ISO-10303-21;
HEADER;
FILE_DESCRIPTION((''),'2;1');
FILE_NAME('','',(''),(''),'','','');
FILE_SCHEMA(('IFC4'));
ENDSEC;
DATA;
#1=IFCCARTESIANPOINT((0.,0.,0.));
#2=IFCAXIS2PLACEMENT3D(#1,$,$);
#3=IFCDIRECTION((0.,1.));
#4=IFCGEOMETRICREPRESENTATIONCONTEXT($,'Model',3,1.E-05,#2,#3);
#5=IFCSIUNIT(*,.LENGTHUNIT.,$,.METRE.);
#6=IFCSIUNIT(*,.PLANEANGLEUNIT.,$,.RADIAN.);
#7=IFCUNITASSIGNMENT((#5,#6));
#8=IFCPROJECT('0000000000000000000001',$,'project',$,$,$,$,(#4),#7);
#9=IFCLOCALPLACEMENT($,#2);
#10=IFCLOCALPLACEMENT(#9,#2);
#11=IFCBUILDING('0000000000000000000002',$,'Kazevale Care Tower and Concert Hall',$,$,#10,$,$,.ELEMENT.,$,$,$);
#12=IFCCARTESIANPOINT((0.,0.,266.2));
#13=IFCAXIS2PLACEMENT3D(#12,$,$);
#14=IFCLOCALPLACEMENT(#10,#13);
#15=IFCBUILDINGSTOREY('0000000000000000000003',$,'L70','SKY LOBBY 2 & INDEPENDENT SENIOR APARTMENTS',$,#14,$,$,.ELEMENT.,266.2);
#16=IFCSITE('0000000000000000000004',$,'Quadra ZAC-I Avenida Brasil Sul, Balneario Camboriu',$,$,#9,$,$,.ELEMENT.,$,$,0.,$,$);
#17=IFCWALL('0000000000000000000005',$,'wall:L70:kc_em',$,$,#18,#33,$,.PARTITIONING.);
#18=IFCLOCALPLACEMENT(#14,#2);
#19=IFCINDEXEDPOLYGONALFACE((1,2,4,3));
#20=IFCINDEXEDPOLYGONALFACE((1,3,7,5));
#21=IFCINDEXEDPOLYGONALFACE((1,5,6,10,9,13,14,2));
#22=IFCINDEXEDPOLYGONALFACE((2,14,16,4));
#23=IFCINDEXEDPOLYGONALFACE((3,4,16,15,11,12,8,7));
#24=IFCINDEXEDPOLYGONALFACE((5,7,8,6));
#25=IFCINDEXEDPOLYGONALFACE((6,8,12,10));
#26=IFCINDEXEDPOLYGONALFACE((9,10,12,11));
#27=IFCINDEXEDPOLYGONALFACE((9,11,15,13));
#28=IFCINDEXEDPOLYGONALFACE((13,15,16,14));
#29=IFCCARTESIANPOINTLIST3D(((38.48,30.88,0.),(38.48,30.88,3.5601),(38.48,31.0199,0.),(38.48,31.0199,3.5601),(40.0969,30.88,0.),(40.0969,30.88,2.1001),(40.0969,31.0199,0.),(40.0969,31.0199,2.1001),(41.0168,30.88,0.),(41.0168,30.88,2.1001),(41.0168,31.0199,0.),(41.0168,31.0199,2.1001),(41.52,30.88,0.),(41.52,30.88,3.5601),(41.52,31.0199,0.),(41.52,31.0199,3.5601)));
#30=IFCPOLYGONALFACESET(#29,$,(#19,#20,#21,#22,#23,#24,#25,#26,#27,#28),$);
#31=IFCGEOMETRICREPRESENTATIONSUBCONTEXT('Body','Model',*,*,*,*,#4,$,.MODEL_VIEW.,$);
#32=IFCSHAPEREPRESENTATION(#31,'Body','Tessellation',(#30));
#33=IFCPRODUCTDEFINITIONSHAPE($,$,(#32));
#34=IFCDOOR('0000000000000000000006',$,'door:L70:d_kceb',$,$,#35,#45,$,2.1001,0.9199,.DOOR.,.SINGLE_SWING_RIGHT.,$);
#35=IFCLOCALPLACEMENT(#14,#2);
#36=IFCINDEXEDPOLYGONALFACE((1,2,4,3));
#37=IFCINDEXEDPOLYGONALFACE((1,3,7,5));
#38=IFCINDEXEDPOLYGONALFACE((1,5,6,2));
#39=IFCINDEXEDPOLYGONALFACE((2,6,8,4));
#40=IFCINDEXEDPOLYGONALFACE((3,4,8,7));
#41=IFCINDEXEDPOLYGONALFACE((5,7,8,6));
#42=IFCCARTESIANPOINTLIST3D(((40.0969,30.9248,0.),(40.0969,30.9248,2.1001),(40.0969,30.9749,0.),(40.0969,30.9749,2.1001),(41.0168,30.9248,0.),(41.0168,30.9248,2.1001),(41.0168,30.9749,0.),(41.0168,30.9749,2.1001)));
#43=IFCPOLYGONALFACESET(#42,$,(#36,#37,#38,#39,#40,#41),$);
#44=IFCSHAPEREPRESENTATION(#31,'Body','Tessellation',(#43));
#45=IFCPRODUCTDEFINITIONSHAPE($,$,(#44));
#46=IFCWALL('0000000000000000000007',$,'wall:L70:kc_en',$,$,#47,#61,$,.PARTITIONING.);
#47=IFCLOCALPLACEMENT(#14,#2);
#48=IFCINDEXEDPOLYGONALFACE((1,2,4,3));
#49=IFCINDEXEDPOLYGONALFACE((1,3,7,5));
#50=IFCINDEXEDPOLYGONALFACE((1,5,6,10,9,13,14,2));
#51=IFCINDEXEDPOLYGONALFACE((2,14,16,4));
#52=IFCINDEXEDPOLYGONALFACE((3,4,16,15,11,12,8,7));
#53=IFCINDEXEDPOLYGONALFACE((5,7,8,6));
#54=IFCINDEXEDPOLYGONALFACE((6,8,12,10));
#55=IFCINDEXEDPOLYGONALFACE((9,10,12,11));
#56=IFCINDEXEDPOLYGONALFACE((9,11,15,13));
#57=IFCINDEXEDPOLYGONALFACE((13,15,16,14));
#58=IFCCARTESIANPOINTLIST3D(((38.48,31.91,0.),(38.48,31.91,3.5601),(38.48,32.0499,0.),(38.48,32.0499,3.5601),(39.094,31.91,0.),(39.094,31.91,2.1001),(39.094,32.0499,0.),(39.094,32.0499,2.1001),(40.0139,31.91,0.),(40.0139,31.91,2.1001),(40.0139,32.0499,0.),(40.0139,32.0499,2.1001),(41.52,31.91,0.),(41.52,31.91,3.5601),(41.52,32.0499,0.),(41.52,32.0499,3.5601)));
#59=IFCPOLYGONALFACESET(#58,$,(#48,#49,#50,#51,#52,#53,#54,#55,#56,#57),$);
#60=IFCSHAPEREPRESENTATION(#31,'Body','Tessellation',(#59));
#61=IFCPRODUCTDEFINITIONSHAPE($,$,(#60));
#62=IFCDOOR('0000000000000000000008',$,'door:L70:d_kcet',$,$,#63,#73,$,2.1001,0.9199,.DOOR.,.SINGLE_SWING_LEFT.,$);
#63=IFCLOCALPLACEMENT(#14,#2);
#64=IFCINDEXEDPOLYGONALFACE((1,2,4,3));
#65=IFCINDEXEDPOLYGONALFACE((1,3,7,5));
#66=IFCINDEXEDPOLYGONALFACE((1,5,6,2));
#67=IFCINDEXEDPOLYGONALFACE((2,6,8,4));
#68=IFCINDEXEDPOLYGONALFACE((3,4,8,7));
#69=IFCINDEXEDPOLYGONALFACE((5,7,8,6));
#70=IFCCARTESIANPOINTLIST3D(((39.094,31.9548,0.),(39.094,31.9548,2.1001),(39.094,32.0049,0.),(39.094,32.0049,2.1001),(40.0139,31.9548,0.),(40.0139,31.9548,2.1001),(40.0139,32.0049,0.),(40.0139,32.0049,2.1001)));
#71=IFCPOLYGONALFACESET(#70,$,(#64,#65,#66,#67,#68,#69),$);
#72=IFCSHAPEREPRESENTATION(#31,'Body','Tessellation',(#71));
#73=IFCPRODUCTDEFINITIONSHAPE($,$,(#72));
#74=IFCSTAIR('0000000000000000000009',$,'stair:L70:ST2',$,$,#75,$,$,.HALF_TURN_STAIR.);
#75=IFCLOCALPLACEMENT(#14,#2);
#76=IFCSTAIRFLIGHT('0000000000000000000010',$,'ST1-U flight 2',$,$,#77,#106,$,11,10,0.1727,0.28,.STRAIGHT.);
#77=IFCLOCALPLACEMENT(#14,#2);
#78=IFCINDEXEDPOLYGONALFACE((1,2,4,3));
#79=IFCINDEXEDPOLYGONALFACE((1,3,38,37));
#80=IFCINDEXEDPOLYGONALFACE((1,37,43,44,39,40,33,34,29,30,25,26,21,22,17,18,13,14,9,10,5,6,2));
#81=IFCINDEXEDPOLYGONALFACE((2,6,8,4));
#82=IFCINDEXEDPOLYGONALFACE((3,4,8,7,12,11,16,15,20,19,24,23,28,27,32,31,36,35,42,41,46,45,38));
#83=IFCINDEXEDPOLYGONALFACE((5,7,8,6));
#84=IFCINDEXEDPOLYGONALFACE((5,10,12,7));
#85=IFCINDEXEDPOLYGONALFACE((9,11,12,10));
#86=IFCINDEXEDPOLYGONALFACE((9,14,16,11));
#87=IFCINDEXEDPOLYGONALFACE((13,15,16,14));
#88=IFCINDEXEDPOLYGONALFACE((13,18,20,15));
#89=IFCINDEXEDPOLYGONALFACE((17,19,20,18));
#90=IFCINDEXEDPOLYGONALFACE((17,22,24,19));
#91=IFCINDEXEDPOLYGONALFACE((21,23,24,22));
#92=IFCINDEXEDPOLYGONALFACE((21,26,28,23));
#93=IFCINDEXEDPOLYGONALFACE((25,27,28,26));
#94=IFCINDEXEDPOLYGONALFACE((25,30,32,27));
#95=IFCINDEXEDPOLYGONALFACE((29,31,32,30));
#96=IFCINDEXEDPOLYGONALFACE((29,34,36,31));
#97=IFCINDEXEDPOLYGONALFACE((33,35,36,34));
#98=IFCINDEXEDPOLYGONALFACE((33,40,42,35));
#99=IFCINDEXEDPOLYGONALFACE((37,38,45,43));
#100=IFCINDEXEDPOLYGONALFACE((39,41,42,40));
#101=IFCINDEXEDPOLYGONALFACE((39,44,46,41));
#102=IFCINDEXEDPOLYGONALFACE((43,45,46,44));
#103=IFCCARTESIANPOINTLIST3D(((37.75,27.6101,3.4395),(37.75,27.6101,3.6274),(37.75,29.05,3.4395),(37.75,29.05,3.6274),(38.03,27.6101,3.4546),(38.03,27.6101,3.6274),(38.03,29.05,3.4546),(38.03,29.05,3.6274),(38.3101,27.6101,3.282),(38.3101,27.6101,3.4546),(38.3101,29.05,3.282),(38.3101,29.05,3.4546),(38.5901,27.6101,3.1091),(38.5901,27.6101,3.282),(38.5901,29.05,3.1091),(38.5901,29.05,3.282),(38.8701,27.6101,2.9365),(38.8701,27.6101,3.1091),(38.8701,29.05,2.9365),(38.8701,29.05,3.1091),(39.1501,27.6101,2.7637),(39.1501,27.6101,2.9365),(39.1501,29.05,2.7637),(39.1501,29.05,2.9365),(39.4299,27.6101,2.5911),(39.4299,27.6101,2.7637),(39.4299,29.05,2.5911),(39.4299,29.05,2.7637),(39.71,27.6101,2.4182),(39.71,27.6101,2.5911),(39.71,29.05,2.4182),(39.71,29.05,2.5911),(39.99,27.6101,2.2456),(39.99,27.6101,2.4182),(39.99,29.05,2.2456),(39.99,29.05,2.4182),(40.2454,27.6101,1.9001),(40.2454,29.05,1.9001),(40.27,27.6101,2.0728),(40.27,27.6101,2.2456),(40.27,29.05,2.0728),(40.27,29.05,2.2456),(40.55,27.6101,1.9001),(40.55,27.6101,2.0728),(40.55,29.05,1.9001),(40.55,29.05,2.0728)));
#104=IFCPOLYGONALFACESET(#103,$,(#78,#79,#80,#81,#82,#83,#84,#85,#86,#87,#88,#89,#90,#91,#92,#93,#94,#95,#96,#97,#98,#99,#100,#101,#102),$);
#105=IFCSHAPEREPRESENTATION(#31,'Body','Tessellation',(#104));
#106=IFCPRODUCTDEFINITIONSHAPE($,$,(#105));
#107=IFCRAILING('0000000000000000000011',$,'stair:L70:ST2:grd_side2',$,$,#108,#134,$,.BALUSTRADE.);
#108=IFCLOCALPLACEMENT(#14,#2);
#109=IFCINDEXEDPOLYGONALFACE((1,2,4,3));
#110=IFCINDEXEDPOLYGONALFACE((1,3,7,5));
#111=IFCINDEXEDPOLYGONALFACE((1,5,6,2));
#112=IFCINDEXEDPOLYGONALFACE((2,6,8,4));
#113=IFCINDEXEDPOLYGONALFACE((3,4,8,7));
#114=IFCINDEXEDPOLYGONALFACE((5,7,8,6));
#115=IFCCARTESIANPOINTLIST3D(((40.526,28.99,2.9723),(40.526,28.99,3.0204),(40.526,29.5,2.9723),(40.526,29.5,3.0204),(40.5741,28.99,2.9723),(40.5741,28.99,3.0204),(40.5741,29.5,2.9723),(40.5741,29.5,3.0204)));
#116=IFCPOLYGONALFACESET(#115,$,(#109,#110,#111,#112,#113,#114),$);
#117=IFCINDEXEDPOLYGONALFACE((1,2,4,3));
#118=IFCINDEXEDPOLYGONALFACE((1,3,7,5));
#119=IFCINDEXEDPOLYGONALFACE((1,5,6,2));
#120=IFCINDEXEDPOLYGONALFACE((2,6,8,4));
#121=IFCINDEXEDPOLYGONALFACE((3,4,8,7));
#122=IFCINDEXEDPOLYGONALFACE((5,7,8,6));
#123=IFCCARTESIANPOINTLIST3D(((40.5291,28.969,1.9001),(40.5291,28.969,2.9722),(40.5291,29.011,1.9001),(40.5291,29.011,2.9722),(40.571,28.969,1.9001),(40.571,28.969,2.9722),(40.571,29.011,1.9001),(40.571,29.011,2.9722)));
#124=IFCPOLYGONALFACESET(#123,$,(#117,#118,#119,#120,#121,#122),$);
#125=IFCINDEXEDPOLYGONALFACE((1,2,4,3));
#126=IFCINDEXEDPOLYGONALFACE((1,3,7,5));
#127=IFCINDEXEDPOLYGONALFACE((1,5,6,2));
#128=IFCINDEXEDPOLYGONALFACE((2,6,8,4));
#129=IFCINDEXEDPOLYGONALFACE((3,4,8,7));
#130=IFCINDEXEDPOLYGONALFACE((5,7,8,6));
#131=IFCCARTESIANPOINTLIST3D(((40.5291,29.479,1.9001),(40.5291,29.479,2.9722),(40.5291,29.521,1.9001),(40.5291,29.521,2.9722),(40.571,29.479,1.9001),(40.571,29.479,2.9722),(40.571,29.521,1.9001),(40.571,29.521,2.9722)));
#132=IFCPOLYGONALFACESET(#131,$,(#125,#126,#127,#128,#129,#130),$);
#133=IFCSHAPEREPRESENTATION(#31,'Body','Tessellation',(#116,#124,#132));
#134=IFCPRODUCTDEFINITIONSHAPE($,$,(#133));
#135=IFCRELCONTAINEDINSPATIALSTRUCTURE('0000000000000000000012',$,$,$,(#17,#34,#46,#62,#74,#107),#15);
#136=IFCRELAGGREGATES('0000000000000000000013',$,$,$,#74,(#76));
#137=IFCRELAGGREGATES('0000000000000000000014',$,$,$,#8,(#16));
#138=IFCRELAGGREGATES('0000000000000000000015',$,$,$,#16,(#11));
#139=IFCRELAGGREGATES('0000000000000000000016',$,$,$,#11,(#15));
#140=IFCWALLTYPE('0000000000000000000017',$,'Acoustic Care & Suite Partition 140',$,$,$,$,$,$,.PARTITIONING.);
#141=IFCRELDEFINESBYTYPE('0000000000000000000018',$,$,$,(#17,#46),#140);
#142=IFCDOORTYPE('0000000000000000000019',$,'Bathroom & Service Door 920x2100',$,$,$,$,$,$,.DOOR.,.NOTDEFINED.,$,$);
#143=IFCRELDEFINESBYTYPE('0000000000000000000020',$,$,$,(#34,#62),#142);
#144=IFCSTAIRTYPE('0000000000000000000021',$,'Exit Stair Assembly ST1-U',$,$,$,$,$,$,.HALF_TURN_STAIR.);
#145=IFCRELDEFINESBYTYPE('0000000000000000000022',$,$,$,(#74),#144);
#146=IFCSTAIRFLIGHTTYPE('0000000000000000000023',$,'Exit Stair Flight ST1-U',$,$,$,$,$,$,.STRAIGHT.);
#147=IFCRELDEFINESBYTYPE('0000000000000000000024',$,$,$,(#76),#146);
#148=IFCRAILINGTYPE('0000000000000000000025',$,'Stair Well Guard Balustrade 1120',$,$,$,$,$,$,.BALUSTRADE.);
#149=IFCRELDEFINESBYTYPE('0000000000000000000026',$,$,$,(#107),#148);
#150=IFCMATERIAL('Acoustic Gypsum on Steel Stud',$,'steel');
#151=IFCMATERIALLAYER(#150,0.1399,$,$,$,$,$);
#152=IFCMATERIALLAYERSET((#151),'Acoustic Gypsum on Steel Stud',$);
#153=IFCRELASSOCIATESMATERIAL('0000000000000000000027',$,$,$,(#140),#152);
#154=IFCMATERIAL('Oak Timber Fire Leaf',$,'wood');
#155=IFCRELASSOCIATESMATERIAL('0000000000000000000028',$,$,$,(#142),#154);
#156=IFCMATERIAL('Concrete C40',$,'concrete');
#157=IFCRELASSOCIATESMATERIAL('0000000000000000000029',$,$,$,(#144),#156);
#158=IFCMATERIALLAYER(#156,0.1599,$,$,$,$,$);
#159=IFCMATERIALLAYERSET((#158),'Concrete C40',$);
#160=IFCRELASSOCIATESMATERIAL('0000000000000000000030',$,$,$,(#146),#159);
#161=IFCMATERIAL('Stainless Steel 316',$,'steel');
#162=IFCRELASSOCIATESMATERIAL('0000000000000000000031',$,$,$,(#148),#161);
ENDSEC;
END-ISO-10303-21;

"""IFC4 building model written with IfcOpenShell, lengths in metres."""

from ifc_helpers import new_model, si_unit, direction, frame, frame_2d, origin, origin_2d, place, context, subcontext, project, spatial, polyline, rectangle, outline, extrude, material, layer, layer_set, type_object, element, fill, aggregate, save


model = new_model("IFC4")

# Units and contexts
model_context = context("Model", 3, precision=1e-05, world=origin(), true_north=direction((0.0, 1.0)))
body_context = subcontext(model_context, "Body", "Model", "MODEL_VIEW")
ifc_project = project(units=[si_unit("LENGTHUNIT", "METRE"), si_unit("PLANEANGLEUNIT", "RADIAN")], contexts=[model_context])

# Site, building, storey
site_placement = place(None, origin())
site = spatial("IfcSite", under=ifc_project, at=site_placement, Name="Quadra ZAC-I Avenida Brasil Sul, Balneario Camboriu", CompositionType="ELEMENT", RefElevation=0.0)
building_placement = place(site_placement, origin())
building = spatial("IfcBuilding", under=site, at=building_placement, Name="Kazevale Care Tower and Concert Hall", CompositionType="ELEMENT")
storey_placement = place(building_placement, frame((0.0, 0.0, 266.2)))
storey = spatial("IfcBuildingStorey", under=building, at=storey_placement, Name="L70", Description="SKY LOBBY 2 & INDEPENDENT SENIOR APARTMENTS", CompositionType="ELEMENT", Elevation=266.2)

# Shared definitions
ifc_material_1 = material(Name="Acoustic Gypsum on Steel Stud", Category="steel")
ifc_layer_1 = layer(ifc_material_1, 0.1399)
ifc_layer_set_1 = layer_set([ifc_layer_1], Name="Acoustic Gypsum on Steel Stud")
wall_type = type_object("IfcWallType", Name="Acoustic Care & Suite Partition 140", PredefinedType="PARTITIONING", material=ifc_layer_set_1)
ifc_material_2 = material(Name="Oak Timber Fire Leaf", Category="wood")
door_type = type_object("IfcDoorType", Name="Bathroom & Service Door 920x2100", OperationType="NOTDEFINED", PredefinedType="DOOR", material=ifc_material_2)

# Walls, openings, doors
wall_1_placement = place(storey_placement, frame((38.48, 30.95, 0.0), z_axis=(0.0, 0.0, 1.0), x_axis=(1.0, 0.0, 0.0)))
wall_1 = element("IfcWall", 1, at=wall_1_placement, inside=storey, type_object=wall_type, Name="wall:L70:kc_em", PredefinedType="PARTITIONING", context=body_context, shape_type="SweptSolid", body=[
    extrude(rectangle(XDim=3.04, YDim=0.1399, at=frame_2d((1.52, 0.0))), origin(), (0.0, 0.0, 1.0), 3.5601),
])
opening_1_placement = place(wall_1_placement, frame((1.6169, 0.0, 0.0)))
opening_1 = element("IfcOpeningElement", 2, at=opening_1_placement, cuts=wall_1, PredefinedType="OPENING", context=body_context, shape_type="SweptSolid", body=[
    extrude(rectangle(XDim=0.9199, YDim=2.1001, at=frame_2d((0.46, 1.05))), frame((0.0, 0.0798, 0.0), z_axis=(0.0, -1.0, 0.0), x_axis=(1.0, 0.0, 0.0)), (0.0, 0.0, 1.0), 0.1599),
])
door_1_placement = place(opening_1_placement, origin())
door_1 = element("IfcDoor", 3, at=door_1_placement, inside=storey, type_object=door_type, Name="door:L70:d_kceb", OperationType="SINGLE_SWING_RIGHT", OverallHeight=2.1001, OverallWidth=0.9199, PredefinedType="DOOR", context=body_context, shape_type="SweptSolid", body=[
    extrude(rectangle(XDim=0.9199, YDim=2.1001, at=frame_2d((0.46, 1.05))), frame((0.0, 0.0249, 0.0), z_axis=(0.0, -1.0, 0.0), x_axis=(1.0, 0.0, 0.0)), (0.0, 0.0, 1.0), 0.05),
])
fill(opening_1, door_1)
wall_2_placement = place(storey_placement, frame((38.48, 31.98, 0.0), z_axis=(0.0, 0.0, 1.0), x_axis=(1.0, 0.0, 0.0)))
wall_2 = element("IfcWall", 4, at=wall_2_placement, inside=storey, type_object=wall_type, Name="wall:L70:kc_en", PredefinedType="PARTITIONING", context=body_context, shape_type="SweptSolid", body=[
    extrude(rectangle(XDim=3.04, YDim=0.1399, at=frame_2d((1.52, 0.0))), origin(), (0.0, 0.0, 1.0), 3.5601),
])
opening_2_placement = place(wall_2_placement, frame((0.614, 0.0, 0.0)))
opening_2 = element("IfcOpeningElement", 5, at=opening_2_placement, cuts=wall_2, PredefinedType="OPENING", context=body_context, shape_type="SweptSolid", body=[
    extrude(rectangle(XDim=0.9199, YDim=2.1001, at=frame_2d((0.46, 1.05))), frame((0.0, 0.0798, 0.0), z_axis=(0.0, -1.0, 0.0), x_axis=(1.0, 0.0, 0.0)), (0.0, 0.0, 1.0), 0.1599),
])
door_2_placement = place(opening_2_placement, origin())
door_2 = element("IfcDoor", 6, at=door_2_placement, inside=storey, type_object=door_type, Name="door:L70:d_kcet", OperationType="SINGLE_SWING_LEFT", OverallHeight=2.1001, OverallWidth=0.9199, PredefinedType="DOOR", context=body_context, shape_type="SweptSolid", body=[
    extrude(rectangle(XDim=0.9199, YDim=2.1001, at=frame_2d((0.46, 1.05))), frame((0.0, 0.0249, 0.0), z_axis=(0.0, -1.0, 0.0), x_axis=(1.0, 0.0, 0.0)), (0.0, 0.0, 1.0), 0.05),
])
fill(opening_2, door_2)

# Stair, stair flight
ifc_material_3 = material(Name="Concrete C40", Category="concrete")
stair_type = type_object("IfcStairType", Name="Exit Stair Assembly ST1-U", PredefinedType="HALF_TURN_STAIR", material=ifc_material_3)
stair_placement = place(storey_placement, origin())
stair = element("IfcStair", 7, at=stair_placement, inside=storey, type_object=stair_type, Name="stair:L70:ST2", PredefinedType="HALF_TURN_STAIR")
ifc_layer_2 = layer(ifc_material_3, 0.1599)
ifc_layer_set_2 = layer_set([ifc_layer_2], Name="Concrete C40")
stair_flight_type = type_object("IfcStairFlightType", Name="Exit Stair Flight ST1-U", PredefinedType="STRAIGHT", material=ifc_layer_set_2)
stair_flight_placement = place(storey_placement, frame((40.55, 28.3301, 1.9001), z_axis=(0.0, 0.0, 1.0), x_axis=(-1.0, 0.0, 0.0)))
stair_flight = element("IfcStairFlight", 8, at=stair_flight_placement, type_object=stair_flight_type, Name="ST1-U flight 2", NumberOfRisers=11, NumberOfTreads=10, PredefinedType="STRAIGHT", RiserHeight=0.1727, TreadLength=0.28, context=body_context, shape_type="SweptSolid", body=[
    extrude(outline(polyline([(0.0, 0.0), (0.0, 0.1726), (0.28, 0.1726), (0.28, 0.3455), (0.5601, 0.3455), (0.5601, 0.5181), (0.8401, 0.5181), (0.8401, 0.6909), (1.1201, 0.6909), (1.1201, 0.8635), (1.3999, 0.8635), (1.3999, 1.0364), (1.6799, 1.0364), (1.6799, 1.209), (1.96, 1.209), (1.96, 1.3818), (2.24, 1.3818), (2.24, 1.5544), (2.52, 1.5544), (2.52, 1.7273), (2.8, 1.7273), (2.8, 1.8999), (2.8, 1.5393), (0.3047, 0.0), (0.0, 0.0)])), frame((0.0, 0.72, 0.0), z_axis=(0.0, -1.0, 0.0), x_axis=(1.0, 0.0, 0.0)), (0.0, 0.0, 1.0), 1.4399),
])
aggregate(stair, [stair_flight])

# Railing
ifc_material_4 = material(Name="Stainless Steel 316", Category="steel")
railing_type = type_object("IfcRailingType", Name="Stair Well Guard Balustrade 1120", PredefinedType="BALUSTRADE", material=ifc_material_4)
railing_placement = place(storey_placement, frame((40.55, 28.99, 1.9001)))
element("IfcRailing", 9, at=railing_placement, inside=storey, type_object=railing_type, Name="stair:L70:ST2:grd_side2", PredefinedType="BALUSTRADE", context=body_context, shape_type="SweptSolid", body=[
    extrude(rectangle(XDim=0.0481, YDim=0.0481, at=origin_2d()), frame((0.0, 0.0, 1.0962), z_axis=(0.0, 1.0, 0.0), x_axis=(-1.0, 0.0, 0.0)), (0.0, 0.0, 1.0), 0.51),
    extrude(rectangle(XDim=0.042, YDim=0.042, at=origin_2d()), origin(), (0.0, 0.0, 1.0), 1.072),
    extrude(rectangle(XDim=0.042, YDim=0.042, at=origin_2d()), frame((0.0, 0.51, 0.0)), (0.0, 0.0, 1.0), 1.072),
])

save(model, "model.ifc")
